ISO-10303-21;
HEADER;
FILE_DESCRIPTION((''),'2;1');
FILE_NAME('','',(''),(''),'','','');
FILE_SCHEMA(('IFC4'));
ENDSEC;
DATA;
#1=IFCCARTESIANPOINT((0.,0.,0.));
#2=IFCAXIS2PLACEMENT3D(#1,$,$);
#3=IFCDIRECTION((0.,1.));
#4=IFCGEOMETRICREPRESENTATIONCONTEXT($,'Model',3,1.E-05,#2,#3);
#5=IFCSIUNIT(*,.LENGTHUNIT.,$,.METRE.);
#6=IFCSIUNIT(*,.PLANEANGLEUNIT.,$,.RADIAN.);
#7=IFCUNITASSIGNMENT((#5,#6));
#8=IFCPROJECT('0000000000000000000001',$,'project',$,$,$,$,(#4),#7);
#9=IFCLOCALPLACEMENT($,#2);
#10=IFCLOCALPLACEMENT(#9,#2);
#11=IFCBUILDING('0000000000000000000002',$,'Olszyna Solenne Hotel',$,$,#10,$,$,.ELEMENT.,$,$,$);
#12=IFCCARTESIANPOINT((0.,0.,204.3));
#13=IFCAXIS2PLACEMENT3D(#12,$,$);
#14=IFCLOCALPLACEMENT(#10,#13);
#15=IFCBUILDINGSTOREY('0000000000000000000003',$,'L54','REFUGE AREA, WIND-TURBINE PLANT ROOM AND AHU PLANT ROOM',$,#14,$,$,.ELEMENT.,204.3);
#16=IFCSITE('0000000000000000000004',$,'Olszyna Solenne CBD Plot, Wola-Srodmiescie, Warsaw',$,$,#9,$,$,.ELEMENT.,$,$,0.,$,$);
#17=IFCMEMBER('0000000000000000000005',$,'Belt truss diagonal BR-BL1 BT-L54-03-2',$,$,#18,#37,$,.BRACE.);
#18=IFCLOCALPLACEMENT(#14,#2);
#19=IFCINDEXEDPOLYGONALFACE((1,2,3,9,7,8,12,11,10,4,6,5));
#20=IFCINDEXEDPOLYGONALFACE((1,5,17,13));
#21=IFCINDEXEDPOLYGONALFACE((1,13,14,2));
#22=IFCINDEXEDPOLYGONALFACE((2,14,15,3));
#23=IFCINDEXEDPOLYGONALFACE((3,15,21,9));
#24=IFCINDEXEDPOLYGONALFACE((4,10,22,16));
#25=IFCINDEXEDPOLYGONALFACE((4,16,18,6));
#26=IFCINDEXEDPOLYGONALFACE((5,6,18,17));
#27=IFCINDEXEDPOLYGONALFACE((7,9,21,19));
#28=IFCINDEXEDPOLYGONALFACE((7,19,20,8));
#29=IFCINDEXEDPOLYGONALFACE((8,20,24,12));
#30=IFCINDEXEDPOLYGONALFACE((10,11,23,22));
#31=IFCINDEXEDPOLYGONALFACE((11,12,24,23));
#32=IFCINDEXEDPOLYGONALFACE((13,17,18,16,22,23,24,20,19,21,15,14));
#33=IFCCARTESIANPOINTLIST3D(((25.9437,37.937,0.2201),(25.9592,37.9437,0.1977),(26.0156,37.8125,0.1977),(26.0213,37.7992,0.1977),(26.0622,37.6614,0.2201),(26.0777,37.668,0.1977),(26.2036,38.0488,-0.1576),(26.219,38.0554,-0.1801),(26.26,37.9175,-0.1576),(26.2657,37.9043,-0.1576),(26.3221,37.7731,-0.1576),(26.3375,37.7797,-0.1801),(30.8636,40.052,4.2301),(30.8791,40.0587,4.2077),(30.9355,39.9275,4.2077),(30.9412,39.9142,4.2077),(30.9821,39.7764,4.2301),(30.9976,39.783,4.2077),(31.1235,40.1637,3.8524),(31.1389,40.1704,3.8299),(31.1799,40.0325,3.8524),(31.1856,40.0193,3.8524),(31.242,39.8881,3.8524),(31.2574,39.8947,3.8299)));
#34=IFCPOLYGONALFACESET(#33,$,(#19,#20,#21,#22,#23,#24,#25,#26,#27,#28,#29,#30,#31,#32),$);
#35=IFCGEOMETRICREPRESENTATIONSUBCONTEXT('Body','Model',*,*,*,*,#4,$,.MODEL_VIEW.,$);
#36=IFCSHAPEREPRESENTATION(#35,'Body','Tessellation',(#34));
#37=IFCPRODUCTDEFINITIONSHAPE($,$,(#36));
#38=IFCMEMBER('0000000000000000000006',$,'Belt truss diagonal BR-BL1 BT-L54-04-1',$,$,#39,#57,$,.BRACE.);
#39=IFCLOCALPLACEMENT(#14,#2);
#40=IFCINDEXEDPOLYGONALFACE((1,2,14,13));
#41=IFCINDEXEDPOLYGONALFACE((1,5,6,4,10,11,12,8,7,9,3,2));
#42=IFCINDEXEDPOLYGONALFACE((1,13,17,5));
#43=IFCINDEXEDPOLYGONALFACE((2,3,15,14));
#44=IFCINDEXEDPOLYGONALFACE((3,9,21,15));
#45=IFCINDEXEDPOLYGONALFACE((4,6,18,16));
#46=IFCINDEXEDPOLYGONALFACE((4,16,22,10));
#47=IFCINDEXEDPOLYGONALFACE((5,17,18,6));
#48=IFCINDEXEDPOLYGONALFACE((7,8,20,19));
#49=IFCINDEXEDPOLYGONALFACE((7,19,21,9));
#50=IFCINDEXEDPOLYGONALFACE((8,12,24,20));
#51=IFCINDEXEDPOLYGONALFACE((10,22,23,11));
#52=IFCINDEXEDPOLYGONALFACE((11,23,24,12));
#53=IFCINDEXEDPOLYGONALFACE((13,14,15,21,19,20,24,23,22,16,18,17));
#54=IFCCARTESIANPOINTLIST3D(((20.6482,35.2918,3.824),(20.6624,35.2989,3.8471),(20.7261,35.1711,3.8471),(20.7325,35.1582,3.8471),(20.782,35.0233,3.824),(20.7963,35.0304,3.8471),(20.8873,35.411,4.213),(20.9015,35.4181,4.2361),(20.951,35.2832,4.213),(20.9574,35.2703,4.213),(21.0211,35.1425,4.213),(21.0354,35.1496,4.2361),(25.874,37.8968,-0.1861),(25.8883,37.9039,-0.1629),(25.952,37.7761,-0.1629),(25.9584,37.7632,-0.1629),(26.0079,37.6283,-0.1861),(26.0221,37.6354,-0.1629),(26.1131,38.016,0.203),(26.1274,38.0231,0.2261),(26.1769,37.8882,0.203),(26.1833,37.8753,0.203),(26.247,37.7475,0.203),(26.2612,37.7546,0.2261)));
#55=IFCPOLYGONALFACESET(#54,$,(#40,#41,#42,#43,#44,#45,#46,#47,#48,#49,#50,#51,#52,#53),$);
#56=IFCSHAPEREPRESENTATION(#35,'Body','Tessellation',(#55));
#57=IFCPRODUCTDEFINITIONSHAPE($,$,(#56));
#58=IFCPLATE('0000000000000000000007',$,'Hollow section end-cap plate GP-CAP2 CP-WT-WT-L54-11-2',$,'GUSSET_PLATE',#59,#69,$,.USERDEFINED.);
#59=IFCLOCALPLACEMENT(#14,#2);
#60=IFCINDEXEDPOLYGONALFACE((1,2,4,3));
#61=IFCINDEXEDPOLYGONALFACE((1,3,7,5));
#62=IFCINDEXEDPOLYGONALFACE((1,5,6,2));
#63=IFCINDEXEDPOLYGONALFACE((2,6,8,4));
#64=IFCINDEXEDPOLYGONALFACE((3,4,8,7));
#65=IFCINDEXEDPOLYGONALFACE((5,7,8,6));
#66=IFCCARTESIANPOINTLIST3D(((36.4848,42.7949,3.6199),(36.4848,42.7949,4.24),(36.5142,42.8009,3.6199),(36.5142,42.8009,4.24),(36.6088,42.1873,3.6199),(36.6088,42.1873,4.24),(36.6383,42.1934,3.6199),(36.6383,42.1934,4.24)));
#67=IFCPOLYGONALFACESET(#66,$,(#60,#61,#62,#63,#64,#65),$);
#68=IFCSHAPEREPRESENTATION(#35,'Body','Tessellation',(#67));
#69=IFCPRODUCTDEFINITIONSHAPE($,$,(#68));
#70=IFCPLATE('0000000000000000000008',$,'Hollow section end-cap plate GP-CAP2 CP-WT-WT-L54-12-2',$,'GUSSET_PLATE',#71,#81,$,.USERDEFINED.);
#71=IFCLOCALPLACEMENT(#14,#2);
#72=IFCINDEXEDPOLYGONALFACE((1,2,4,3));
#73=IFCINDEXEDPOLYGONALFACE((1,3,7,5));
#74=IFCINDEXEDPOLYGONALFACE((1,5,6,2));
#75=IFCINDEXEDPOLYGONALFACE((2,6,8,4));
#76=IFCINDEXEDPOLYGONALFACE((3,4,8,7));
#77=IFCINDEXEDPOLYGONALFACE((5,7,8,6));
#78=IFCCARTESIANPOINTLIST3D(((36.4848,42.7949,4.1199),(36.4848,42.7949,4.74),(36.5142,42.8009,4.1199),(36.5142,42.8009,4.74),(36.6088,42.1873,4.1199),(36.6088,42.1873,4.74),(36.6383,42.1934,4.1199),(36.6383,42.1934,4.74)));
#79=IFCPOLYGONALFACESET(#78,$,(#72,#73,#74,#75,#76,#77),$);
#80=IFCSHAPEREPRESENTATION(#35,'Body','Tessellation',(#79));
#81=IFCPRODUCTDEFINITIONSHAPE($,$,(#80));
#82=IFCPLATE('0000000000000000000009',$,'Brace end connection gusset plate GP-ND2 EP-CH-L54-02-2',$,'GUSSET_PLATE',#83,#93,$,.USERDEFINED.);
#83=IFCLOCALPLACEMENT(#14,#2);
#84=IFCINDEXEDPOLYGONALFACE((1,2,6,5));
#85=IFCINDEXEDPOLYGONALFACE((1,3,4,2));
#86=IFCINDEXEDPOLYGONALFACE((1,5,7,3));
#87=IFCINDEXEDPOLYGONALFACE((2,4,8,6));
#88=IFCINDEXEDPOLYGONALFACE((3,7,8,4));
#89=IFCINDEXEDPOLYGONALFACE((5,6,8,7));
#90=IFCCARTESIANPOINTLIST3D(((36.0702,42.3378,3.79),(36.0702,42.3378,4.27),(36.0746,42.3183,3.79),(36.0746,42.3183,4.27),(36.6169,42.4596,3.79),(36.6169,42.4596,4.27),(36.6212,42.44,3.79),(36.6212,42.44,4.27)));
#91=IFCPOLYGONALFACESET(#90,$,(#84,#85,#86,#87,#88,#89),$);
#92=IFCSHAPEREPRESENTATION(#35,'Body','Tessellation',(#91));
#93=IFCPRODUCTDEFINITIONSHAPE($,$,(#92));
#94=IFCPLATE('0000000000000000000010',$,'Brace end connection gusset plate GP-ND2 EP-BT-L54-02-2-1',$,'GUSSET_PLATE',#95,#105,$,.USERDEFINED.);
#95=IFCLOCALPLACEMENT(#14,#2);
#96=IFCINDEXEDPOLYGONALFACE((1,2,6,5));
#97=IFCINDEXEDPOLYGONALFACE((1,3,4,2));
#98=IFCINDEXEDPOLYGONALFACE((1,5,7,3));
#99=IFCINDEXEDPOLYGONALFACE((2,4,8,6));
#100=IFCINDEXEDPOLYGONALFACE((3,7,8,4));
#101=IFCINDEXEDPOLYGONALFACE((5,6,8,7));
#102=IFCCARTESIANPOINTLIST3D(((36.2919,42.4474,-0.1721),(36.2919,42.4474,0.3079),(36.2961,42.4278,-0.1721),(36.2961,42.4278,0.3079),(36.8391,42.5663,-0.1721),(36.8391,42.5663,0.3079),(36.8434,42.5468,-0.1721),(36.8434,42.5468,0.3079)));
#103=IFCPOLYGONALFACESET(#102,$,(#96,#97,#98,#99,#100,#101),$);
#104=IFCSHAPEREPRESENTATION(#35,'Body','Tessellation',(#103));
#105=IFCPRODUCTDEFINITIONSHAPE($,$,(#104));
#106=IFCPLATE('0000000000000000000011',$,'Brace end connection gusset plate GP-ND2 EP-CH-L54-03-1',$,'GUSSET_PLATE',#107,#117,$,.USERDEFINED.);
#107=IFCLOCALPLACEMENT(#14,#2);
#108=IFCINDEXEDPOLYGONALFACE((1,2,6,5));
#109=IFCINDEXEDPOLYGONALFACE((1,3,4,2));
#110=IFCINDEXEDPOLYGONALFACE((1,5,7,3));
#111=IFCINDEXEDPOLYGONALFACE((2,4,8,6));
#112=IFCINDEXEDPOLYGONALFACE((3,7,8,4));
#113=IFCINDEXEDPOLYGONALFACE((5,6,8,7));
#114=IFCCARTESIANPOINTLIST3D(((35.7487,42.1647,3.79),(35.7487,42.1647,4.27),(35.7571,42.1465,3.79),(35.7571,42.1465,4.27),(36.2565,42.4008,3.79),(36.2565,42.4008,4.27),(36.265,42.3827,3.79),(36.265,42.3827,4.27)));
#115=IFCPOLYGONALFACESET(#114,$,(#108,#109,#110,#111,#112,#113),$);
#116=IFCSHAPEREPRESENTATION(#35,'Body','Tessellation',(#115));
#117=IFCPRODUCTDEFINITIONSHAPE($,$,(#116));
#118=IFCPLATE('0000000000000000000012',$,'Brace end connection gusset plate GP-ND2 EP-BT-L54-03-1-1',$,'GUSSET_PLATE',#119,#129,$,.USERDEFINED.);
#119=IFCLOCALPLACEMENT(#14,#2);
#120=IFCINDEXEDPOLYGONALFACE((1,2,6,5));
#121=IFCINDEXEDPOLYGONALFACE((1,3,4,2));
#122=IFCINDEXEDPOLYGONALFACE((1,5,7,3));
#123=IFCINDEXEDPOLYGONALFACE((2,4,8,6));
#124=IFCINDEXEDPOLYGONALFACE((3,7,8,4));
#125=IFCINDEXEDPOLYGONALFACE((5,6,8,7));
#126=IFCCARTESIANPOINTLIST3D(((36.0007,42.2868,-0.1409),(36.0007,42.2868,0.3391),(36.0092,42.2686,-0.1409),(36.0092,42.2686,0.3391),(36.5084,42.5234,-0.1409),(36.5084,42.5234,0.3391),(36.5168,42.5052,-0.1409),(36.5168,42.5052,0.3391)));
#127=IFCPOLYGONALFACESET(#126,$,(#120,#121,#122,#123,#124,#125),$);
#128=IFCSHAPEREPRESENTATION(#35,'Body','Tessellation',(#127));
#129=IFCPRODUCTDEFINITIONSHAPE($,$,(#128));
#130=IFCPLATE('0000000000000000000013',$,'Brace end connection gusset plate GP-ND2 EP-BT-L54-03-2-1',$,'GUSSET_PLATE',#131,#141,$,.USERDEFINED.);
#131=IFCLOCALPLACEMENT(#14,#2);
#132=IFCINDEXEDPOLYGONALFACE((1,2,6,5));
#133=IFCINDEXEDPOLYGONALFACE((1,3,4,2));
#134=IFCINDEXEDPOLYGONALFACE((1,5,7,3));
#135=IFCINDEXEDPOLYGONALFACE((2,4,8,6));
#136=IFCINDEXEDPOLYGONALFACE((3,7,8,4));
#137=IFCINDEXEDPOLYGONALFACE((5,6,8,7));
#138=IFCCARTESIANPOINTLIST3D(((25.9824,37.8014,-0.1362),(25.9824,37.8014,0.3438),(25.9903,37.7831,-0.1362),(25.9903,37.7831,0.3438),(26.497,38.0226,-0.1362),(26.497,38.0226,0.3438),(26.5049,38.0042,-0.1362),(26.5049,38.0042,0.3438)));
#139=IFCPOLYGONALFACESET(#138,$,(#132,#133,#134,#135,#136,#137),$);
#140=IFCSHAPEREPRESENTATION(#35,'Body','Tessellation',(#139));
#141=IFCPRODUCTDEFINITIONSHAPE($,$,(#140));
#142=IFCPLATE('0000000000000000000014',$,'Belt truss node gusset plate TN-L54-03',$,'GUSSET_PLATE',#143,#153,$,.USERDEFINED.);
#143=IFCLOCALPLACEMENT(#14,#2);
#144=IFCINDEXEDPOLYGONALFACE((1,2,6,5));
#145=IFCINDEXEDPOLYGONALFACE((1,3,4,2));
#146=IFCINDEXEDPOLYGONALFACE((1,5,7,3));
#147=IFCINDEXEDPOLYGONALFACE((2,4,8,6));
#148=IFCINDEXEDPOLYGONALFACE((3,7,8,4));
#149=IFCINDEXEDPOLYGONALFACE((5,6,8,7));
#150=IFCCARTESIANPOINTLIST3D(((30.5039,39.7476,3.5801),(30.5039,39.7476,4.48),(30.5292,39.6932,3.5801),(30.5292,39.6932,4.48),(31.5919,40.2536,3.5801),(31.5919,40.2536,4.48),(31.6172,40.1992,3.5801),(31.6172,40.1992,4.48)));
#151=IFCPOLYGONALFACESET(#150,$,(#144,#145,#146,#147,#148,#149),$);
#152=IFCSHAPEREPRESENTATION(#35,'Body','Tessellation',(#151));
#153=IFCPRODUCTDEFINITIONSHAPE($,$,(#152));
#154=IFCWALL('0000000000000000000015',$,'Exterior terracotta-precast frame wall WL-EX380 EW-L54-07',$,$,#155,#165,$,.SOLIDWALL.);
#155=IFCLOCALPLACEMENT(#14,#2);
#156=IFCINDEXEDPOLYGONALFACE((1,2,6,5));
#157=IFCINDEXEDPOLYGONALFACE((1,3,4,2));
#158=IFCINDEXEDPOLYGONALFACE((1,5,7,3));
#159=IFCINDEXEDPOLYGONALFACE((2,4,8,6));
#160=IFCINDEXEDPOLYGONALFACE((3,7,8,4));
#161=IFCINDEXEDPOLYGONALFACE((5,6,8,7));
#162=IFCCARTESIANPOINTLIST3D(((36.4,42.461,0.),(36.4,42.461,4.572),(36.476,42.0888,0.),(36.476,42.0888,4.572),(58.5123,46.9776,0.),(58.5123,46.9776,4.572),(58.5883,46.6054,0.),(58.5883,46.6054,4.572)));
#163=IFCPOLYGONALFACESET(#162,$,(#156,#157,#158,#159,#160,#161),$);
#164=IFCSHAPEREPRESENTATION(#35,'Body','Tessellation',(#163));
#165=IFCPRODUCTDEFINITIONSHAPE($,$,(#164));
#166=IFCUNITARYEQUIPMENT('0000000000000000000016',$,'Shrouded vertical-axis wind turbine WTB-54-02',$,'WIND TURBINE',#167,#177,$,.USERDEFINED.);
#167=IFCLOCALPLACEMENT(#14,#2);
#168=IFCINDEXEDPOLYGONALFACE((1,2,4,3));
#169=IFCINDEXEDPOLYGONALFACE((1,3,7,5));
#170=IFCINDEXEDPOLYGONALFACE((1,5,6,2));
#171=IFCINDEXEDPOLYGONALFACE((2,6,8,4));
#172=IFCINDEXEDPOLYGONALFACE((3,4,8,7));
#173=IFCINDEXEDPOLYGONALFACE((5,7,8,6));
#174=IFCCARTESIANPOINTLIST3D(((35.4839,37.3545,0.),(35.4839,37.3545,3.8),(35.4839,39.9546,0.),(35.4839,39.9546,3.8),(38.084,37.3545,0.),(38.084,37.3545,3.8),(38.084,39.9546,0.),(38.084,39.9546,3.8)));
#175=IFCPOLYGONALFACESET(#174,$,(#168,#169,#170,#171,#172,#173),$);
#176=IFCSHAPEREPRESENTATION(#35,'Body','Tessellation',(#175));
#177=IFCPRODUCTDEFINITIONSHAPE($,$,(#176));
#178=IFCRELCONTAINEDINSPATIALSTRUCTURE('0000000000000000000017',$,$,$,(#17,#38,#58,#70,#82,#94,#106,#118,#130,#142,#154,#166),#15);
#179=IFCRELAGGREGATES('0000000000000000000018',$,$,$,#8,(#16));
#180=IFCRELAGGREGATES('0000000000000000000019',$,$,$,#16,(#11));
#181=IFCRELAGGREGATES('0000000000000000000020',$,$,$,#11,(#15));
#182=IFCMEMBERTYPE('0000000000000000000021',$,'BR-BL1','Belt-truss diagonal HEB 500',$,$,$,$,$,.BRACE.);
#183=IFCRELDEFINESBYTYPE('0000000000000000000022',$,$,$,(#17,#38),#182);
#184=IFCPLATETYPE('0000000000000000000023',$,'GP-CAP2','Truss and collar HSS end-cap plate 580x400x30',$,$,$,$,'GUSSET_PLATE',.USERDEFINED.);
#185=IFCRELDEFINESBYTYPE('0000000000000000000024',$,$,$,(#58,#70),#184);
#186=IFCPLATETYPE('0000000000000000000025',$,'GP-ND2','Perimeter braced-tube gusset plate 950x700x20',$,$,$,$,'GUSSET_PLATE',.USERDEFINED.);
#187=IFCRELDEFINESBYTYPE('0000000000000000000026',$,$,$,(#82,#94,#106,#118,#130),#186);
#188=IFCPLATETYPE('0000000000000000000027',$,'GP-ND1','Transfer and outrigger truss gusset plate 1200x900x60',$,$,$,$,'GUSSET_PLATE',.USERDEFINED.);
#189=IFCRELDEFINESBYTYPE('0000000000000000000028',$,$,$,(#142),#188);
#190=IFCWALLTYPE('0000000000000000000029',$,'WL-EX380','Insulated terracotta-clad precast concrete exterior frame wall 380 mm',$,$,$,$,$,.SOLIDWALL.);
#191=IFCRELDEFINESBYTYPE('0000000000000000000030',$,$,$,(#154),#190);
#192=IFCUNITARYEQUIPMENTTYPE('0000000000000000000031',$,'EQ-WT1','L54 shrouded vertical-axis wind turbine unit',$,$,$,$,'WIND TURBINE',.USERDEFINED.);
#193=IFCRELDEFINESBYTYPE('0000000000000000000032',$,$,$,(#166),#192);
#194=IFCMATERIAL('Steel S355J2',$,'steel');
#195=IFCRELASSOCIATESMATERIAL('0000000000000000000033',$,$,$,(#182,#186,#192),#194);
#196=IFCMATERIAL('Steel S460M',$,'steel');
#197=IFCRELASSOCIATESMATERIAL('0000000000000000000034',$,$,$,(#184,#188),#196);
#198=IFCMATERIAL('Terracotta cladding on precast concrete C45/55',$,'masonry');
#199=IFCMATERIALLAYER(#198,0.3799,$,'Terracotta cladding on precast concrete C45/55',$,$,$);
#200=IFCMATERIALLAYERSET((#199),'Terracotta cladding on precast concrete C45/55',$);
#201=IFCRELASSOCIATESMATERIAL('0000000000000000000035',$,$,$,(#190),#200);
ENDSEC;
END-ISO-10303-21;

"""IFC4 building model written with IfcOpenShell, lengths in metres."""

from ifc_helpers import new_model, si_unit, direction, frame, frame_2d, origin, origin_2d, place, context, subcontext, project, spatial, rectangle, i_section, extrude, source, transform, mapped, material, layer, layer_set, material_profile, profile_set, type_object, element, save


model = new_model("IFC4")

# Units and contexts
model_context = context("Model", 3, precision=1e-05, world=origin(), true_north=direction((0.0, 1.0)))
body_context = subcontext(model_context, "Body", "Model", "MODEL_VIEW")
ifc_project = project(units=[si_unit("LENGTHUNIT", "METRE"), si_unit("PLANEANGLEUNIT", "RADIAN")], contexts=[model_context])

# Site, building, storey
site_placement = place(None, origin())
site = spatial("IfcSite", under=ifc_project, at=site_placement, Name="Olszyna Solenne CBD Plot, Wola-Srodmiescie, Warsaw", CompositionType="ELEMENT", RefElevation=0.0)
building_placement = place(site_placement, origin())
building = spatial("IfcBuilding", under=site, at=building_placement, Name="Olszyna Solenne Hotel", CompositionType="ELEMENT")
storey_placement = place(building_placement, frame((0.0, 0.0, 204.3)))
storey = spatial("IfcBuildingStorey", under=building, at=storey_placement, Name="L54", Description="REFUGE AREA, WIND-TURBINE PLANT ROOM AND AHU PLANT ROOM", CompositionType="ELEMENT", Elevation=204.3)

# Shared definitions
ifc_material_1 = material(Name="Steel S460M", Category="steel")

# Shared definitions
ifc_material_2 = material(Name="Steel S355J2", Category="steel")

# Members
ifc_material_profile_1 = material_profile(ifc_material_2, i_section(OverallWidth=0.3, OverallDepth=0.5, WebThickness=0.0144, FlangeThickness=0.0281, at=origin_2d()), Name="HEB 500", Category="load-bearing")
ifc_profile_set_1 = profile_set([ifc_material_profile_1], Name="Steel S355J2")
member_type_1 = type_object("IfcMemberType", Name="BR-BL1", Description="Belt-truss diagonal HEB 500", PredefinedType="BRACE", material=ifc_profile_set_1)
shared_shape_1 = source(origin(), body_context, "Body", "SweptSolid", [
    extrude(i_section(OverallWidth=0.3, OverallDepth=0.5, WebThickness=0.0144, FlangeThickness=0.0281, at=origin_2d()), origin(), (0.0, 0.0, 1.0), 6.6902),
])
member_1_placement = place(storey_placement, frame((26.1406, 37.8584, 0.02), z_axis=(0.735391, 0.316132, 0.599384), x_axis=(-0.394937, 0.918708, 0.0)))
element("IfcMember", 1, at=member_1_placement, inside=storey, type_object=member_type_1, Name="Belt truss diagonal BR-BL1 BT-L54-03-2", PredefinedType="BRACE", context=body_context, shape_type="MappedRepresentation", body=[
    mapped(shared_shape_1, transform((0.0, 0.0, 0.0), x_axis=(1.0, 0.0, 0.0), y_axis=(0.0, 1.0, 0.0), z_axis=(0.0, 0.0, 1.0), scale=1.0)),
])
shared_shape_2 = source(origin(), body_context, "Body", "SweptSolid", [
    extrude(i_section(OverallWidth=0.3, OverallDepth=0.5, WebThickness=0.0144, FlangeThickness=0.0281, at=origin_2d()), origin(), (0.0, 0.0, 1.0), 7.0835),
])
member_2_placement = place(storey_placement, frame((26.0676, 37.8257, 0.02), z_axis=(-0.737751, -0.367755, 0.566109), x_axis=(0.446126, -0.89497, 0.0)))
element("IfcMember", 2, at=member_2_placement, inside=storey, type_object=member_type_1, Name="Belt truss diagonal BR-BL1 BT-L54-04-1", PredefinedType="BRACE", context=body_context, shape_type="MappedRepresentation", body=[
    mapped(shared_shape_2, transform((0.0, 0.0, 0.0), x_axis=(1.0, 0.0, 0.0), y_axis=(0.0, 1.0, 0.0), z_axis=(0.0, 0.0, 1.0), scale=1.0)),
])

# Plates
plate_type_1 = type_object("IfcPlateType", Name="GP-CAP2", Description="Truss and collar HSS end-cap plate 580x400x30", ElementType="GUSSET_PLATE", PredefinedType="USERDEFINED", material=ifc_material_1)
shared_shape_3 = source(origin(), body_context, "Body", "SweptSolid", [
    extrude(rectangle(XDim=0.03, YDim=0.6201, at=origin_2d()), origin(), (0.0, 0.0, 1.0), 0.6201),
])
for number, where, z_axis, x_axis, name in (
    (3, (36.5615, 42.4941, 3.6199), (0.0, 0.0, 1.0), (-0.979785, -0.200052, 0.0), "Hollow section end-cap plate GP-CAP2 CP-WT-WT-L54-11-2"),
    (4, (36.5615, 42.4941, 4.1199), (0.0, 0.0, 1.0), (-0.979785, -0.200052, 0.0), "Hollow section end-cap plate GP-CAP2 CP-WT-WT-L54-12-2"),
):
    element("IfcPlate", number, at=place(storey_placement, frame(where, z_axis=z_axis, x_axis=x_axis)), inside=storey, type_object=plate_type_1, Name=name, ObjectType="GUSSET_PLATE", PredefinedType="USERDEFINED", context=body_context, shape_type="MappedRepresentation", body=[
        mapped(shared_shape_3, transform((0.0, 0.0, 0.0), x_axis=(1.0, 0.0, 0.0), y_axis=(0.0, 1.0, 0.0), z_axis=(0.0, 0.0, 1.0), scale=1.0)),
    ])
plate_type_2 = type_object("IfcPlateType", Name="GP-ND2", Description="Perimeter braced-tube gusset plate 950x700x20", ElementType="GUSSET_PLATE", PredefinedType="USERDEFINED", material=ifc_material_2)
shared_shape_4 = source(origin(), body_context, "Body", "SweptSolid", [
    extrude(rectangle(XDim=0.5601, YDim=0.02, at=origin_2d()), origin(), (0.0, 0.0, 1.0), 0.48),
])
for number, where, z_axis, x_axis, name in (
    (5, (36.3457, 42.3889, 3.79), (0.0, 0.0, 1.0), (-0.976069, -0.217462, 0.0), "Brace end connection gusset plate GP-ND2 EP-CH-L54-02-2"),
    (6, (36.5676, 42.4971, -0.1721), (0.0, 0.0, 1.0), (0.977194, 0.212348, 0.0), "Brace end connection gusset plate GP-ND2 EP-BT-L54-02-2-1"),
    (7, (36.0068, 42.2737, 3.79), (0.0, 0.0, 1.0), (-0.90675, -0.421669, 0.0), "Brace end connection gusset plate GP-ND2 EP-CH-L54-03-1"),
    (8, (36.2588, 42.396, -0.1409), (0.0, 0.0, 1.0), (-0.906382, -0.42246, 0.0), "Brace end connection gusset plate GP-ND2 EP-BT-L54-03-1-1"),
    (9, (26.2437, 37.9028, -0.1362), (0.0, 0.0, 1.0), (0.918722, 0.394904, 0.0), "Brace end connection gusset plate GP-ND2 EP-BT-L54-03-2-1"),
):
    element("IfcPlate", number, at=place(storey_placement, frame(where, z_axis=z_axis, x_axis=x_axis)), inside=storey, type_object=plate_type_2, Name=name, ObjectType="GUSSET_PLATE", PredefinedType="USERDEFINED", context=body_context, shape_type="MappedRepresentation", body=[
        mapped(shared_shape_4, transform((0.0, 0.0, 0.0), x_axis=(1.0, 0.0, 0.0), y_axis=(0.0, 1.0, 0.0), z_axis=(0.0, 0.0, 1.0), scale=1.0)),
    ])
plate_type_3 = type_object("IfcPlateType", Name="GP-ND1", Description="Transfer and outrigger truss gusset plate 1200x900x60", ElementType="GUSSET_PLATE", PredefinedType="USERDEFINED", material=ifc_material_1)
shared_shape_5 = source(origin(), body_context, "Body", "SweptSolid", [
    extrude(rectangle(XDim=1.2, YDim=0.0601, at=origin_2d()), origin(), (0.0, 0.0, 1.0), 0.8999),
])
plate_placement = place(storey_placement, frame((31.0605, 39.9734, 3.5801), z_axis=(0.0, 0.0, 1.0), x_axis=(-0.90675, -0.421669, 0.0)))
element("IfcPlate", 10, at=plate_placement, inside=storey, type_object=plate_type_3, Name="Belt truss node gusset plate TN-L54-03", ObjectType="GUSSET_PLATE", PredefinedType="USERDEFINED", context=body_context, shape_type="MappedRepresentation", body=[
    mapped(shared_shape_5, transform((0.0, 0.0, 0.0), x_axis=(1.0, 0.0, 0.0), y_axis=(0.0, 1.0, 0.0), z_axis=(0.0, 0.0, 1.0), scale=1.0)),
])

# Wall
ifc_material_3 = material(Name="Terracotta cladding on precast concrete C45/55", Category="masonry")
ifc_layer = layer(ifc_material_3, 0.3799, Name="Terracotta cladding on precast concrete C45/55")
ifc_layer_set = layer_set([ifc_layer], Name="Terracotta cladding on precast concrete C45/55")
wall_type = type_object("IfcWallType", Name="WL-EX380", Description="Insulated terracotta-clad precast concrete exterior frame wall 380 mm", PredefinedType="SOLIDWALL", material=ifc_layer_set)
wall_placement = place(storey_placement, frame((36.438, 42.2749, 0.0), z_axis=(0.0, 0.0, 1.0), x_axis=(0.97977, 0.200125, 0.0)))
element("IfcWall", 11, at=wall_placement, inside=storey, type_object=wall_type, Name="Exterior terracotta-precast frame wall WL-EX380 EW-L54-07", PredefinedType="SOLIDWALL", context=body_context, shape_type="SweptSolid", body=[
    extrude(rectangle(XDim=22.5688, YDim=0.3799, at=frame_2d((11.2844, 0.0))), origin(), (0.0, 0.0, 1.0), 4.572),
])

# Unitary equipment
unitary_equipment_type = type_object("IfcUnitaryEquipmentType", Name="EQ-WT1", Description="L54 shrouded vertical-axis wind turbine unit", ElementType="WIND TURBINE", PredefinedType="USERDEFINED", material=ifc_material_2)
shared_shape_6 = source(origin(), body_context, "Body", "SweptSolid", [
    extrude(rectangle(XDim=2.6001, YDim=2.6001, at=origin_2d()), origin(), (0.0, 0.0, 1.0), 3.8),
])
unitary_equipment_placement = place(storey_placement, frame((36.7839, 38.6545, 0.0), z_axis=(0.0, 0.0, 1.0), x_axis=(1.0, 0.0, 0.0)))
element("IfcUnitaryEquipment", 12, at=unitary_equipment_placement, inside=storey, type_object=unitary_equipment_type, Name="Shrouded vertical-axis wind turbine WTB-54-02", ObjectType="WIND TURBINE", PredefinedType="USERDEFINED", context=body_context, shape_type="MappedRepresentation", body=[
    mapped(shared_shape_6, transform((0.0, 0.0, 0.0), x_axis=(1.0, 0.0, 0.0), y_axis=(0.0, 1.0, 0.0), z_axis=(0.0, 0.0, 1.0), scale=1.0)),
])

save(model, "model.ifc")
